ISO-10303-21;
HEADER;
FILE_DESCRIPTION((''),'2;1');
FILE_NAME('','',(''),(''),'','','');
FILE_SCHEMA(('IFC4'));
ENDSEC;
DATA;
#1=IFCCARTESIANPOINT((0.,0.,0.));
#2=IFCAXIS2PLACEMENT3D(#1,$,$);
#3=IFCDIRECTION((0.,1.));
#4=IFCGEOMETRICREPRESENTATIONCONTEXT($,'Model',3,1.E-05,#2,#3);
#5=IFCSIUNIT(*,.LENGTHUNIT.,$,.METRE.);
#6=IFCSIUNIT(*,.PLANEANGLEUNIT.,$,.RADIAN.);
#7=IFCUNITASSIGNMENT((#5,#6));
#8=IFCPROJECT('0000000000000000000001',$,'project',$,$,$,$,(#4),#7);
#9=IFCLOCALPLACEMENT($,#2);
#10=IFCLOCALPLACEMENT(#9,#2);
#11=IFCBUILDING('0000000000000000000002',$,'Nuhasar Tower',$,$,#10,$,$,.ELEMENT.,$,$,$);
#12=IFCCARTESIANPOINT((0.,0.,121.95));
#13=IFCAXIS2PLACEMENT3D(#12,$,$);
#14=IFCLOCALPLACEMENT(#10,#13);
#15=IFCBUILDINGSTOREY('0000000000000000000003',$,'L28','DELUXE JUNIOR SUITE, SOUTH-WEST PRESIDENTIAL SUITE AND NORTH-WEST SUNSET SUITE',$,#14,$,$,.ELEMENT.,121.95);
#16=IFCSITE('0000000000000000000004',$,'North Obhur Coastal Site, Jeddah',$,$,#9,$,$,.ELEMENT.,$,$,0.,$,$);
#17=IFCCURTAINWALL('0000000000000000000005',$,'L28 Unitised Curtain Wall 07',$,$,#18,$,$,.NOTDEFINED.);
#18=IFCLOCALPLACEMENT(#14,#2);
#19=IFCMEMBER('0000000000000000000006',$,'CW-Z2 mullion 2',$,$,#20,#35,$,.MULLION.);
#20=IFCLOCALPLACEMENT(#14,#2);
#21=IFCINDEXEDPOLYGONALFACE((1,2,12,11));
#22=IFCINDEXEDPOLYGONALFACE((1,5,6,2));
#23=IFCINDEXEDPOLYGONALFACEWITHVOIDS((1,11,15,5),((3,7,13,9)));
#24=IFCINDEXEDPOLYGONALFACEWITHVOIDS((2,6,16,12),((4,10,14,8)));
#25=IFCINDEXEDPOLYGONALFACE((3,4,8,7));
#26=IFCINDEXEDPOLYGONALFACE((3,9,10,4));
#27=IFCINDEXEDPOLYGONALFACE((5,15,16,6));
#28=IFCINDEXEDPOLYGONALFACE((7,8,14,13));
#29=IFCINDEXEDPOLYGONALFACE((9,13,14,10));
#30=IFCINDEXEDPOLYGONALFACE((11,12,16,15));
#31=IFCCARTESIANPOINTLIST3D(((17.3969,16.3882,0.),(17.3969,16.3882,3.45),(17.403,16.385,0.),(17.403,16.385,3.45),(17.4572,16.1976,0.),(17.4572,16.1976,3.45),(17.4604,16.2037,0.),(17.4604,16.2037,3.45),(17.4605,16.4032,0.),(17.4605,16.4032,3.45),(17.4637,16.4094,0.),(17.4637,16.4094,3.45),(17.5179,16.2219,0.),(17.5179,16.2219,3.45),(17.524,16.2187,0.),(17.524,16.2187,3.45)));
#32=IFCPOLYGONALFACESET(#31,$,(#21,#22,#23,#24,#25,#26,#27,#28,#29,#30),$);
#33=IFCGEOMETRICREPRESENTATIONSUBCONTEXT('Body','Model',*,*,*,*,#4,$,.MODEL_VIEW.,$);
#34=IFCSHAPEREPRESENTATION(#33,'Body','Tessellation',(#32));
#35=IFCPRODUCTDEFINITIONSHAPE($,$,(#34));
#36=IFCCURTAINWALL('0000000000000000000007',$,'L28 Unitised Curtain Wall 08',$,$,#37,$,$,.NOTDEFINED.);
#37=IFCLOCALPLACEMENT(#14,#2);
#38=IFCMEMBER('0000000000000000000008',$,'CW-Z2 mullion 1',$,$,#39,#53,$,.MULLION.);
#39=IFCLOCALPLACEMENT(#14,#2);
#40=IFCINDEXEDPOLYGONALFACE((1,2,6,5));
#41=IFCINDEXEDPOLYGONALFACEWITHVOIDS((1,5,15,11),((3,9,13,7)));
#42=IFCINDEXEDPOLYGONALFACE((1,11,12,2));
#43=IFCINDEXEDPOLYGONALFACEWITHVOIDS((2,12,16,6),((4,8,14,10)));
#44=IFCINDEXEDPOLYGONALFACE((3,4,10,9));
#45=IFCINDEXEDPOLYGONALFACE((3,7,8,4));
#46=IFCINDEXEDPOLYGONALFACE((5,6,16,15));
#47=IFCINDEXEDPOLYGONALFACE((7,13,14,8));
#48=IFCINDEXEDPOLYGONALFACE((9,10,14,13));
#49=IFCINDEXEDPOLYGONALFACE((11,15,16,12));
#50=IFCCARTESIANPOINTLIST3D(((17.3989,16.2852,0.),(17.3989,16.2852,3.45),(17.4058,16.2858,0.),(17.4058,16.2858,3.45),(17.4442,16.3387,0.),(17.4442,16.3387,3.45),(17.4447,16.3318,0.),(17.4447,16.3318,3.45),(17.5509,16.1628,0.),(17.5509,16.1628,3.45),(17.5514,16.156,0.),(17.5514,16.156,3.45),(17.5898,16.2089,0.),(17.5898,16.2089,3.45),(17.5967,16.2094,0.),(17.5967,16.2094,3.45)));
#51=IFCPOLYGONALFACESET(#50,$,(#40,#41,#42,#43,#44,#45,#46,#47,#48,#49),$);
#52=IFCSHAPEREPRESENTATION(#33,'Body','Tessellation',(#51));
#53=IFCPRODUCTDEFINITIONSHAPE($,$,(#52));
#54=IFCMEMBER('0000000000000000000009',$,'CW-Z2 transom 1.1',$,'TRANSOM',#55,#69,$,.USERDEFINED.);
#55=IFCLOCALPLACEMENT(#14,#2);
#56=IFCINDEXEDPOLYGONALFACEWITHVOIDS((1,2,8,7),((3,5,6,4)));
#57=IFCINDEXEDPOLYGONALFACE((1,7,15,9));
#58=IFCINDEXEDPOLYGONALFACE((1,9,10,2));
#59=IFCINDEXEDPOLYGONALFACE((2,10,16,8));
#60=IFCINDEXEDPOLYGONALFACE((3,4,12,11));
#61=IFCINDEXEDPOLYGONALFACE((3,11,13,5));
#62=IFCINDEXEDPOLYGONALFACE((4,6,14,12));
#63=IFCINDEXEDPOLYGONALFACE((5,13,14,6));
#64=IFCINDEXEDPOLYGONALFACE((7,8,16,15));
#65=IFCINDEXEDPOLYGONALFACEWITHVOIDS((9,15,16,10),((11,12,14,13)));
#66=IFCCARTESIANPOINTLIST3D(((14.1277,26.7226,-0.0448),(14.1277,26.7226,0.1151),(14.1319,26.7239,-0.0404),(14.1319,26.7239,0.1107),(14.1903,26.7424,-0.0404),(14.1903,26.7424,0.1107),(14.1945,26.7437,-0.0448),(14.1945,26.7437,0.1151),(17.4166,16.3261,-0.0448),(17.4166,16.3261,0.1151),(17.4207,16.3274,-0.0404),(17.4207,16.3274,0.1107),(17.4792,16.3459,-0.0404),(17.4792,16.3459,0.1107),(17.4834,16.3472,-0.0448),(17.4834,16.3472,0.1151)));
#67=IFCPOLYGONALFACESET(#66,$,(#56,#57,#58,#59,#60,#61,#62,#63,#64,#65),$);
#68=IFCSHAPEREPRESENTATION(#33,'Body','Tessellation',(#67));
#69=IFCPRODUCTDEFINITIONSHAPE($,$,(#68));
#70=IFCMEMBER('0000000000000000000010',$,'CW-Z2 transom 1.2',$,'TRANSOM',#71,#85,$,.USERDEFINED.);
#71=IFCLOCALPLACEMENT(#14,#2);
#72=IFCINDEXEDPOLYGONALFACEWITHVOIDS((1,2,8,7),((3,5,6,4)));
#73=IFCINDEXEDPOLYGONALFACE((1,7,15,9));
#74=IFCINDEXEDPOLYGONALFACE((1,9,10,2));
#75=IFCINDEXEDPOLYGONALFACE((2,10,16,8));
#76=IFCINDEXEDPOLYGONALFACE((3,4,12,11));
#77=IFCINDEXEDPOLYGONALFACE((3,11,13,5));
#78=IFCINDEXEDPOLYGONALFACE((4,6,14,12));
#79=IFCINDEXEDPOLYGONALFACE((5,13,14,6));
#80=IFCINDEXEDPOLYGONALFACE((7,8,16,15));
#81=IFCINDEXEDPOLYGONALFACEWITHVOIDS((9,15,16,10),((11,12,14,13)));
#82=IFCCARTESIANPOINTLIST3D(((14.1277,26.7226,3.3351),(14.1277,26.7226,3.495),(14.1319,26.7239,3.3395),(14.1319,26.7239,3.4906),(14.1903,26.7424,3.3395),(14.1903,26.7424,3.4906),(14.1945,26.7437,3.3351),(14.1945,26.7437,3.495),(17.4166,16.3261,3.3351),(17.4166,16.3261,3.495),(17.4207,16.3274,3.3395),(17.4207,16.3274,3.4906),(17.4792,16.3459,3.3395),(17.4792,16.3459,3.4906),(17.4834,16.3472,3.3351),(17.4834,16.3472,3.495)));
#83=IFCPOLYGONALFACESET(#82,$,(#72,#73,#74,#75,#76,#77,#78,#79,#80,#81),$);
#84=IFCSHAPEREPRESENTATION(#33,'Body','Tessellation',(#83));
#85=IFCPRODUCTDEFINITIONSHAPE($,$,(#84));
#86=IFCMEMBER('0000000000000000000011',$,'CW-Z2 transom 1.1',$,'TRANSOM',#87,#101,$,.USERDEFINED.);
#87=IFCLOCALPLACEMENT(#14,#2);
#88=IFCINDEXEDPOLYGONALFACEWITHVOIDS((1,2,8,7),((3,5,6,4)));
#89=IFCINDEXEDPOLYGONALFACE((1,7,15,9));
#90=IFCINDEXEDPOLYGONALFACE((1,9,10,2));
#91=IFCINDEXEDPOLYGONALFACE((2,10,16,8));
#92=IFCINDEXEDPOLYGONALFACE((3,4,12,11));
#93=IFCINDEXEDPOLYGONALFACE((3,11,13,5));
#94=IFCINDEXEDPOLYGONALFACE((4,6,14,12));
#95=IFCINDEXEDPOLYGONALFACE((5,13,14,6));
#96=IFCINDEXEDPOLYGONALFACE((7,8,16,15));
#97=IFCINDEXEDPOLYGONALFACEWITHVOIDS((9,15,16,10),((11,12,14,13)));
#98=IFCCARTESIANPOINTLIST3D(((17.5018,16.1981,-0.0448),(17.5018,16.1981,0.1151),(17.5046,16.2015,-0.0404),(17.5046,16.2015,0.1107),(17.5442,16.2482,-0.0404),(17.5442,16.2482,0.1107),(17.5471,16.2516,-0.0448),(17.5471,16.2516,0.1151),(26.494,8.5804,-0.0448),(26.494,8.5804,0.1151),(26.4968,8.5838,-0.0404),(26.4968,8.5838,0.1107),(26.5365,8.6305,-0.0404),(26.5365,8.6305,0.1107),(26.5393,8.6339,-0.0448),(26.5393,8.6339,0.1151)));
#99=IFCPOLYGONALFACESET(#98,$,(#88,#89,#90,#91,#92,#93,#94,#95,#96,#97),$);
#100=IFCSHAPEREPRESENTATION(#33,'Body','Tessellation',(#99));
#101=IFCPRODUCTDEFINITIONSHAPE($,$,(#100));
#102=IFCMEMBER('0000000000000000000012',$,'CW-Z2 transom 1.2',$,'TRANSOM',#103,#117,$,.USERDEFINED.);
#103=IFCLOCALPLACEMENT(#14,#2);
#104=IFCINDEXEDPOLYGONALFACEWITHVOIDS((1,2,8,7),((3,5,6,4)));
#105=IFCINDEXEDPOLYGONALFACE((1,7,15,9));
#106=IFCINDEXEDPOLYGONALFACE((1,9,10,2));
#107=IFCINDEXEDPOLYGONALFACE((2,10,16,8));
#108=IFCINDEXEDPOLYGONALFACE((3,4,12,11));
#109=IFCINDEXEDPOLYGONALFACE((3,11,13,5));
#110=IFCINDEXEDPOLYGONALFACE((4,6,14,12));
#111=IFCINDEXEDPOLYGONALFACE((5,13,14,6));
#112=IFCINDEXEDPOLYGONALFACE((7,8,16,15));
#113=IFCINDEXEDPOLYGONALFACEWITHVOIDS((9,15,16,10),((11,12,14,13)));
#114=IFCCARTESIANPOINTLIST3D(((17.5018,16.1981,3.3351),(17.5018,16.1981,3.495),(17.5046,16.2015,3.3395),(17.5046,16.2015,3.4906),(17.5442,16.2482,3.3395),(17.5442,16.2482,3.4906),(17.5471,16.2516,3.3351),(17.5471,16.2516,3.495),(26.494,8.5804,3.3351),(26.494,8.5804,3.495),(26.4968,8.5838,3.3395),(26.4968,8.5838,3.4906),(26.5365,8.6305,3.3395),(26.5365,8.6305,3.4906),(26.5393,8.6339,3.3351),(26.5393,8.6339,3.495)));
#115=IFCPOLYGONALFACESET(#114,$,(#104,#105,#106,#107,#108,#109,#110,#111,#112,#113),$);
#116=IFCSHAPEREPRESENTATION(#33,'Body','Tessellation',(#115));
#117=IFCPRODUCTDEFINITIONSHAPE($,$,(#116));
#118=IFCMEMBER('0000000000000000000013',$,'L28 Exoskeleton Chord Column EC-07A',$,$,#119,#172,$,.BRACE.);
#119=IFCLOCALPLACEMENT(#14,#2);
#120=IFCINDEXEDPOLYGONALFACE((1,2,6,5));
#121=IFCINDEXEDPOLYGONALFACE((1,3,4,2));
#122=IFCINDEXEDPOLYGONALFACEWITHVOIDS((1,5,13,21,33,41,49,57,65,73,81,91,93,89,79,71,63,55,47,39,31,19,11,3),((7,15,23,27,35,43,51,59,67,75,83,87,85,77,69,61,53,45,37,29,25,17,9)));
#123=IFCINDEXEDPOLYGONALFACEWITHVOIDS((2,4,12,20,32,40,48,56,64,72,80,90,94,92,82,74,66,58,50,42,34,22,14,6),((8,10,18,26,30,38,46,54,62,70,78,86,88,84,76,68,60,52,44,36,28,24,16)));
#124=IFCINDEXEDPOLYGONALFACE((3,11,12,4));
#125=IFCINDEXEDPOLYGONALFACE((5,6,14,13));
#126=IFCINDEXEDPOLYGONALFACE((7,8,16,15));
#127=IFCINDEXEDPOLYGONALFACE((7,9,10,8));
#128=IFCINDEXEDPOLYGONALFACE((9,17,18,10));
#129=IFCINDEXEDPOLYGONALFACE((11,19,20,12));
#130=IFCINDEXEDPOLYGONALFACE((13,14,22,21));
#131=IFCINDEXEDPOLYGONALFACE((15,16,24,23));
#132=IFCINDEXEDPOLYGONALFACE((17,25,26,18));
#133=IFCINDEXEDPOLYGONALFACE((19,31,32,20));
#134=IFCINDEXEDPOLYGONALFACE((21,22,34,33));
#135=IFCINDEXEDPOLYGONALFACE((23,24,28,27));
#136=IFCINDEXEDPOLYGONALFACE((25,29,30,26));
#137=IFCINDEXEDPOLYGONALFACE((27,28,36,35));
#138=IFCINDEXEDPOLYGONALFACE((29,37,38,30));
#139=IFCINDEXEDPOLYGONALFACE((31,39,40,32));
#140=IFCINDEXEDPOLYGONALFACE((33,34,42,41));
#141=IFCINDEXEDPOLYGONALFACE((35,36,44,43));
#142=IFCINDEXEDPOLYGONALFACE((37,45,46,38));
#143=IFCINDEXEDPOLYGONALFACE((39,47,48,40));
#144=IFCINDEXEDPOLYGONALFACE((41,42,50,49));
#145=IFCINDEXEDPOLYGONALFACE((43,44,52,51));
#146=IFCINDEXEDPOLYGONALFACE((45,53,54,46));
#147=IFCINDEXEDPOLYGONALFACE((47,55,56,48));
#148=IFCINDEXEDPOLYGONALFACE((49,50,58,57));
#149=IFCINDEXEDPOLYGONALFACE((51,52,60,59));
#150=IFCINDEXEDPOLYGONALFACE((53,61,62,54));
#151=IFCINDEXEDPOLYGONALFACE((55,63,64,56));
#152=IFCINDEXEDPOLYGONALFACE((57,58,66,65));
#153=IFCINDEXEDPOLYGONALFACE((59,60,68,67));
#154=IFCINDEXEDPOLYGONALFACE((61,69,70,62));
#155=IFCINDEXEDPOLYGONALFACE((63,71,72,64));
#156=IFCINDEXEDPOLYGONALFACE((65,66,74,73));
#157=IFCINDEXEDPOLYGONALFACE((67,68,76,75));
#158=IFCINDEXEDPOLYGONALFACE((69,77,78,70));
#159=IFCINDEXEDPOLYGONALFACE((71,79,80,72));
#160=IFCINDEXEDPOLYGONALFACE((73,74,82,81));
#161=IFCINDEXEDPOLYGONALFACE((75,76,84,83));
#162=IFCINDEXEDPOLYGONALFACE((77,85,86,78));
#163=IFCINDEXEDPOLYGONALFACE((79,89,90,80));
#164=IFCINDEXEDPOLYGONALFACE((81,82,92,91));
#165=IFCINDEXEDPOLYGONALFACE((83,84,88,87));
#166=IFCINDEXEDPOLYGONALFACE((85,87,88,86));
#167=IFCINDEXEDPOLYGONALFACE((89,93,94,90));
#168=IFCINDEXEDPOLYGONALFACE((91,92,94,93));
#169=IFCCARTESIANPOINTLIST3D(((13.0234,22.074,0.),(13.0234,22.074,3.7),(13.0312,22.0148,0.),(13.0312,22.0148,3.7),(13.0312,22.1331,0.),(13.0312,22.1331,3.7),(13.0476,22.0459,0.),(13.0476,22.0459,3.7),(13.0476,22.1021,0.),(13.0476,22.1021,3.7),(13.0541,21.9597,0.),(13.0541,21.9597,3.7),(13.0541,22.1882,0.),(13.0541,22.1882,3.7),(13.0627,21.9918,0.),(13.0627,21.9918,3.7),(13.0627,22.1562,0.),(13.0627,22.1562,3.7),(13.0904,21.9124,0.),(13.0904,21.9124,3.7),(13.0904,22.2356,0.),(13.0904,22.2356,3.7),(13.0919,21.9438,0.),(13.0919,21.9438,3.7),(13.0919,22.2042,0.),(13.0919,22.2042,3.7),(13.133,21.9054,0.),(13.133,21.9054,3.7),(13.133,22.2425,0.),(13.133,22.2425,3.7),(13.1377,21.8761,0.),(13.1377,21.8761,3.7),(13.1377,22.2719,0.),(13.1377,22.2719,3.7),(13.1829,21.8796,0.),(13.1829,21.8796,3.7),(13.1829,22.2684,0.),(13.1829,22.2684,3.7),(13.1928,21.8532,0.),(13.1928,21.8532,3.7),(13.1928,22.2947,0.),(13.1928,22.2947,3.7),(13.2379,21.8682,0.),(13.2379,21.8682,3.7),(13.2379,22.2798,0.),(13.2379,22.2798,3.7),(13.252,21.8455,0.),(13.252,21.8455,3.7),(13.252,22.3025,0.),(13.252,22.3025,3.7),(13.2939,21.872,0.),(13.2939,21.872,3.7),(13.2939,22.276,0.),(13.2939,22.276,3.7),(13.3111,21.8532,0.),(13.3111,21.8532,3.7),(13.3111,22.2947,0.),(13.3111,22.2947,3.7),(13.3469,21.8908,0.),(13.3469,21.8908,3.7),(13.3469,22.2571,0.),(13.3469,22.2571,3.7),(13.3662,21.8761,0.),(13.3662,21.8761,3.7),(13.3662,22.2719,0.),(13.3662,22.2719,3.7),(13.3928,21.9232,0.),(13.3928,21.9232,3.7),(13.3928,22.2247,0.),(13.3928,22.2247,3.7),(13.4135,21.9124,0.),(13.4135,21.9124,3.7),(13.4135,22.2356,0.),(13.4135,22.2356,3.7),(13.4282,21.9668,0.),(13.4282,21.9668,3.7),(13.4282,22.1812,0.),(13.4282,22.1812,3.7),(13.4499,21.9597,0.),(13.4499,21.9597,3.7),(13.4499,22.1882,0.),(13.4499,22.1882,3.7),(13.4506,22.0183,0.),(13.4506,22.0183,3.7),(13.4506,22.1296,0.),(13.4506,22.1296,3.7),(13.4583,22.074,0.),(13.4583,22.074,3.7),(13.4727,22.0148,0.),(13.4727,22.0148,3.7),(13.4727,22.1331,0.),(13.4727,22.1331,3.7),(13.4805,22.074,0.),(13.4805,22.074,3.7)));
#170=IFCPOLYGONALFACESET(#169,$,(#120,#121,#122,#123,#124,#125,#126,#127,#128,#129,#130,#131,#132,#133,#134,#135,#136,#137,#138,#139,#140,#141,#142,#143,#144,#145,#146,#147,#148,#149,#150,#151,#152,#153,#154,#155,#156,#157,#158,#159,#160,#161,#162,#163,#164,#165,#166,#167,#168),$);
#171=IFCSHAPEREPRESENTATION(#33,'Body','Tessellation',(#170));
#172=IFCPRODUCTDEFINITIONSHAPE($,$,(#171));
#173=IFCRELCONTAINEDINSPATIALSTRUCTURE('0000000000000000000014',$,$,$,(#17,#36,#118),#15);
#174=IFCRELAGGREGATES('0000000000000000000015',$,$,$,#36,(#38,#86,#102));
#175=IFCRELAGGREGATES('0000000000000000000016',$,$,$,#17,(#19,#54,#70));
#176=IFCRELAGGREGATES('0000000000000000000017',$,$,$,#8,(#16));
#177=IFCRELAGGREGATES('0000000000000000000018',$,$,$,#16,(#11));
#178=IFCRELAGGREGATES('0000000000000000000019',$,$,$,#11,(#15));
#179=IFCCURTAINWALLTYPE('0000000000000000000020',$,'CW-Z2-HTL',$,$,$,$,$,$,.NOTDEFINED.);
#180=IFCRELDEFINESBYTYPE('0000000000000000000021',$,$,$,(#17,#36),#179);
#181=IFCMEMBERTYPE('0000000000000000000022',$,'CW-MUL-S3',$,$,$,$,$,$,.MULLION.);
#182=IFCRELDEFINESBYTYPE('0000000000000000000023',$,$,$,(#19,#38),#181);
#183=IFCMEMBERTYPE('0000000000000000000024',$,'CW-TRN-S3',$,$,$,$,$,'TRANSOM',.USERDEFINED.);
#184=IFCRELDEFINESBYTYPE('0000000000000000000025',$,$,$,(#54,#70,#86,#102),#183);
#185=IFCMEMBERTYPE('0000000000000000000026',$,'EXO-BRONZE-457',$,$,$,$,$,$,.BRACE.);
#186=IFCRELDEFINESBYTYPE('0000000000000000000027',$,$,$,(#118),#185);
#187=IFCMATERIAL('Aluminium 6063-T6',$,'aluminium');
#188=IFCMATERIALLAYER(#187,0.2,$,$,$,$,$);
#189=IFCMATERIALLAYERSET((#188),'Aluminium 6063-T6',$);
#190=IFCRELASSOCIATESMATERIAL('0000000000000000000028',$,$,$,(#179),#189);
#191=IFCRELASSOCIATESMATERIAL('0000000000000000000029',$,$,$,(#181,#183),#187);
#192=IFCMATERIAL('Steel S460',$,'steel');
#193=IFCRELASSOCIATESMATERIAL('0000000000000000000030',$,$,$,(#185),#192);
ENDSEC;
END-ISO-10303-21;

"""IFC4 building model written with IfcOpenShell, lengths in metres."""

from ifc_helpers import new_model, si_unit, direction, frame, origin, origin_2d, place, context, subcontext, project, spatial, hollow_rectangle, hollow_circle, extrude, material, layer, layer_set, material_profile, profile_set, type_object, element, aggregate, save


model = new_model("IFC4")

# Units and contexts
model_context = context("Model", 3, precision=1e-05, world=origin(), true_north=direction((0.0, 1.0)))
body_context = subcontext(model_context, "Body", "Model", "MODEL_VIEW")
ifc_project = project(units=[si_unit("LENGTHUNIT", "METRE"), si_unit("PLANEANGLEUNIT", "RADIAN")], contexts=[model_context])

# Site, building, storey
site_placement = place(None, origin())
site = spatial("IfcSite", under=ifc_project, at=site_placement, Name="North Obhur Coastal Site, Jeddah", CompositionType="ELEMENT", RefElevation=0.0)
building_placement = place(site_placement, origin())
building = spatial("IfcBuilding", under=site, at=building_placement, Name="Nuhasar Tower", CompositionType="ELEMENT")
storey_placement = place(building_placement, frame((0.0, 0.0, 121.95)))
storey = spatial("IfcBuildingStorey", under=building, at=storey_placement, Name="L28", Description="DELUXE JUNIOR SUITE, SOUTH-WEST PRESIDENTIAL SUITE AND NORTH-WEST SUNSET SUITE", CompositionType="ELEMENT", Elevation=121.95)

# Curtain wall, member
ifc_material_1 = material(Name="Aluminium 6063-T6", Category="aluminium")
ifc_layer_1 = layer(ifc_material_1, 0.2)
ifc_layer_set_1 = layer_set([ifc_layer_1], Name="Aluminium 6063-T6")
curtain_wall_type = type_object("IfcCurtainWallType", Name="CW-Z2-HTL", PredefinedType="NOTDEFINED", material=ifc_layer_set_1)
curtain_wall_1_placement = place(storey_placement, origin())
curtain_wall_1 = element("IfcCurtainWall", 1, at=curtain_wall_1_placement, inside=storey, type_object=curtain_wall_type, Name="L28 Unitised Curtain Wall 07", PredefinedType="NOTDEFINED")
ifc_material_profile_1 = material_profile(ifc_material_1, hollow_rectangle(XDim=0.0701, YDim=0.2, WallThickness=0.0049, at=origin_2d()), Name="CWM-3")
ifc_profile_set_1 = profile_set([ifc_material_profile_1], Name="Aluminium 6063-T6")
member_type_1 = type_object("IfcMemberType", Name="CW-MUL-S3", PredefinedType="MULLION", material=ifc_profile_set_1)
member_1_placement = place(storey_placement, frame((17.4604, 16.3035, 0.0), z_axis=(0.0, 0.0, 1.0), x_axis=(0.953433, 0.301604, 0.0)))
member_1 = element("IfcMember", 2, at=member_1_placement, type_object=member_type_1, Name="CW-Z2 mullion 2", PredefinedType="MULLION", context=body_context, shape_type="SweptSolid", body=[
    extrude(hollow_rectangle(XDim=0.0701, YDim=0.2, WallThickness=0.0049, at=origin_2d()), origin(), (0.0, 0.0, 1.0), 3.45),
])

# Curtain wall, member
curtain_wall_2_placement = place(storey_placement, origin())
curtain_wall_2 = element("IfcCurtainWall", 3, at=curtain_wall_2_placement, inside=storey, type_object=curtain_wall_type, Name="L28 Unitised Curtain Wall 08", PredefinedType="NOTDEFINED")
member_2_placement = place(storey_placement, frame((17.4978, 16.2473, 0.0), z_axis=(0.0, 0.0, 1.0), x_axis=(0.646374, 0.76302, 0.0)))
member_2 = element("IfcMember", 4, at=member_2_placement, type_object=member_type_1, Name="CW-Z2 mullion 1", PredefinedType="MULLION", context=body_context, shape_type="SweptSolid", body=[
    extrude(hollow_rectangle(XDim=0.0701, YDim=0.2, WallThickness=0.0049, at=origin_2d()), origin(), (0.0, 0.0, 1.0), 3.45),
])

# Members
ifc_material_profile_2 = material_profile(ifc_material_1, hollow_rectangle(XDim=0.0701, YDim=0.1599, WallThickness=0.0044, at=origin_2d()), Name="CWT-3")
ifc_profile_set_2 = profile_set([ifc_material_profile_2], Name="Aluminium 6063-T6")
member_type_2 = type_object("IfcMemberType", Name="CW-TRN-S3", ElementType="TRANSOM", PredefinedType="USERDEFINED", material=ifc_profile_set_2)
member_3_placement = place(storey_placement, frame((14.1611, 26.7332, 0.0352), z_axis=(0.301608, -0.953432, 0.0), x_axis=(0.953432, 0.301608, 0.0)))
member_3 = element("IfcMember", 5, at=member_3_placement, type_object=member_type_2, Name="CW-Z2 transom 1.1", ObjectType="TRANSOM", PredefinedType="USERDEFINED", context=body_context, shape_type="SweptSolid", body=[
    extrude(hollow_rectangle(XDim=0.0701, YDim=0.1599, WallThickness=0.0044, at=origin_2d()), origin(), (0.0, 0.0, 1.0), 10.9043),
])
member_4_placement = place(storey_placement, frame((14.1611, 26.7332, 3.415), z_axis=(0.301608, -0.953432, 0.0), x_axis=(0.953432, 0.301608, 0.0)))
member_4 = element("IfcMember", 6, at=member_4_placement, type_object=member_type_2, Name="CW-Z2 transom 1.2", ObjectType="TRANSOM", PredefinedType="USERDEFINED", context=body_context, shape_type="SweptSolid", body=[
    extrude(hollow_rectangle(XDim=0.0701, YDim=0.1599, WallThickness=0.0044, at=origin_2d()), origin(), (0.0, 0.0, 1.0), 10.9043),
])
member_5_placement = place(storey_placement, frame((17.5244, 16.2249, 0.0352), z_axis=(0.763014, -0.646382, 0.0), x_axis=(0.646382, 0.763014, 0.0)))
member_5 = element("IfcMember", 7, at=member_5_placement, type_object=member_type_2, Name="CW-Z2 transom 1.1", ObjectType="TRANSOM", PredefinedType="USERDEFINED", context=body_context, shape_type="SweptSolid", body=[
    extrude(hollow_rectangle(XDim=0.0701, YDim=0.1599, WallThickness=0.0044, at=origin_2d()), origin(), (0.0, 0.0, 1.0), 11.7852),
])
member_6_placement = place(storey_placement, frame((17.5244, 16.2249, 3.415), z_axis=(0.763014, -0.646382, 0.0), x_axis=(0.646382, 0.763014, 0.0)))
member_6 = element("IfcMember", 8, at=member_6_placement, type_object=member_type_2, Name="CW-Z2 transom 1.2", ObjectType="TRANSOM", PredefinedType="USERDEFINED", context=body_context, shape_type="SweptSolid", body=[
    extrude(hollow_rectangle(XDim=0.0701, YDim=0.1599, WallThickness=0.0044, at=origin_2d()), origin(), (0.0, 0.0, 1.0), 11.7852),
])
aggregate(curtain_wall_2, [member_2, member_5, member_6])

# Member
ifc_material_2 = material(Name="Steel S460", Category="steel")
ifc_material_profile_3 = material_profile(ifc_material_2, hollow_circle(Radius=0.2285, WallThickness=0.0222, at=origin_2d()), Name="HSS457X22.2")
ifc_profile_set_3 = profile_set([ifc_material_profile_3], Name="Steel S460")
member_type_3 = type_object("IfcMemberType", Name="EXO-BRONZE-457", PredefinedType="BRACE", material=ifc_profile_set_3)
for number, where, z_axis, x_axis, name in (
    (9, (13.252, 22.074, 0.0), (0.0, 0.0, 1.0), (1.0, 0.0, 0.0), "L28 Exoskeleton Chord Column EC-07A"),
):
    element("IfcMember", number, at=place(storey_placement, frame(where, z_axis=z_axis, x_axis=x_axis)), inside=storey, type_object=member_type_3, Name=name, PredefinedType="BRACE", context=body_context, shape_type="SweptSolid", body=[
        extrude(hollow_circle(Radius=0.2285, WallThickness=0.0222, at=origin_2d()), origin(), (0.0, 0.0, 1.0), 3.7),
    ])

aggregate(curtain_wall_1, [member_1, member_3, member_4])

save(model, "model.ifc")
